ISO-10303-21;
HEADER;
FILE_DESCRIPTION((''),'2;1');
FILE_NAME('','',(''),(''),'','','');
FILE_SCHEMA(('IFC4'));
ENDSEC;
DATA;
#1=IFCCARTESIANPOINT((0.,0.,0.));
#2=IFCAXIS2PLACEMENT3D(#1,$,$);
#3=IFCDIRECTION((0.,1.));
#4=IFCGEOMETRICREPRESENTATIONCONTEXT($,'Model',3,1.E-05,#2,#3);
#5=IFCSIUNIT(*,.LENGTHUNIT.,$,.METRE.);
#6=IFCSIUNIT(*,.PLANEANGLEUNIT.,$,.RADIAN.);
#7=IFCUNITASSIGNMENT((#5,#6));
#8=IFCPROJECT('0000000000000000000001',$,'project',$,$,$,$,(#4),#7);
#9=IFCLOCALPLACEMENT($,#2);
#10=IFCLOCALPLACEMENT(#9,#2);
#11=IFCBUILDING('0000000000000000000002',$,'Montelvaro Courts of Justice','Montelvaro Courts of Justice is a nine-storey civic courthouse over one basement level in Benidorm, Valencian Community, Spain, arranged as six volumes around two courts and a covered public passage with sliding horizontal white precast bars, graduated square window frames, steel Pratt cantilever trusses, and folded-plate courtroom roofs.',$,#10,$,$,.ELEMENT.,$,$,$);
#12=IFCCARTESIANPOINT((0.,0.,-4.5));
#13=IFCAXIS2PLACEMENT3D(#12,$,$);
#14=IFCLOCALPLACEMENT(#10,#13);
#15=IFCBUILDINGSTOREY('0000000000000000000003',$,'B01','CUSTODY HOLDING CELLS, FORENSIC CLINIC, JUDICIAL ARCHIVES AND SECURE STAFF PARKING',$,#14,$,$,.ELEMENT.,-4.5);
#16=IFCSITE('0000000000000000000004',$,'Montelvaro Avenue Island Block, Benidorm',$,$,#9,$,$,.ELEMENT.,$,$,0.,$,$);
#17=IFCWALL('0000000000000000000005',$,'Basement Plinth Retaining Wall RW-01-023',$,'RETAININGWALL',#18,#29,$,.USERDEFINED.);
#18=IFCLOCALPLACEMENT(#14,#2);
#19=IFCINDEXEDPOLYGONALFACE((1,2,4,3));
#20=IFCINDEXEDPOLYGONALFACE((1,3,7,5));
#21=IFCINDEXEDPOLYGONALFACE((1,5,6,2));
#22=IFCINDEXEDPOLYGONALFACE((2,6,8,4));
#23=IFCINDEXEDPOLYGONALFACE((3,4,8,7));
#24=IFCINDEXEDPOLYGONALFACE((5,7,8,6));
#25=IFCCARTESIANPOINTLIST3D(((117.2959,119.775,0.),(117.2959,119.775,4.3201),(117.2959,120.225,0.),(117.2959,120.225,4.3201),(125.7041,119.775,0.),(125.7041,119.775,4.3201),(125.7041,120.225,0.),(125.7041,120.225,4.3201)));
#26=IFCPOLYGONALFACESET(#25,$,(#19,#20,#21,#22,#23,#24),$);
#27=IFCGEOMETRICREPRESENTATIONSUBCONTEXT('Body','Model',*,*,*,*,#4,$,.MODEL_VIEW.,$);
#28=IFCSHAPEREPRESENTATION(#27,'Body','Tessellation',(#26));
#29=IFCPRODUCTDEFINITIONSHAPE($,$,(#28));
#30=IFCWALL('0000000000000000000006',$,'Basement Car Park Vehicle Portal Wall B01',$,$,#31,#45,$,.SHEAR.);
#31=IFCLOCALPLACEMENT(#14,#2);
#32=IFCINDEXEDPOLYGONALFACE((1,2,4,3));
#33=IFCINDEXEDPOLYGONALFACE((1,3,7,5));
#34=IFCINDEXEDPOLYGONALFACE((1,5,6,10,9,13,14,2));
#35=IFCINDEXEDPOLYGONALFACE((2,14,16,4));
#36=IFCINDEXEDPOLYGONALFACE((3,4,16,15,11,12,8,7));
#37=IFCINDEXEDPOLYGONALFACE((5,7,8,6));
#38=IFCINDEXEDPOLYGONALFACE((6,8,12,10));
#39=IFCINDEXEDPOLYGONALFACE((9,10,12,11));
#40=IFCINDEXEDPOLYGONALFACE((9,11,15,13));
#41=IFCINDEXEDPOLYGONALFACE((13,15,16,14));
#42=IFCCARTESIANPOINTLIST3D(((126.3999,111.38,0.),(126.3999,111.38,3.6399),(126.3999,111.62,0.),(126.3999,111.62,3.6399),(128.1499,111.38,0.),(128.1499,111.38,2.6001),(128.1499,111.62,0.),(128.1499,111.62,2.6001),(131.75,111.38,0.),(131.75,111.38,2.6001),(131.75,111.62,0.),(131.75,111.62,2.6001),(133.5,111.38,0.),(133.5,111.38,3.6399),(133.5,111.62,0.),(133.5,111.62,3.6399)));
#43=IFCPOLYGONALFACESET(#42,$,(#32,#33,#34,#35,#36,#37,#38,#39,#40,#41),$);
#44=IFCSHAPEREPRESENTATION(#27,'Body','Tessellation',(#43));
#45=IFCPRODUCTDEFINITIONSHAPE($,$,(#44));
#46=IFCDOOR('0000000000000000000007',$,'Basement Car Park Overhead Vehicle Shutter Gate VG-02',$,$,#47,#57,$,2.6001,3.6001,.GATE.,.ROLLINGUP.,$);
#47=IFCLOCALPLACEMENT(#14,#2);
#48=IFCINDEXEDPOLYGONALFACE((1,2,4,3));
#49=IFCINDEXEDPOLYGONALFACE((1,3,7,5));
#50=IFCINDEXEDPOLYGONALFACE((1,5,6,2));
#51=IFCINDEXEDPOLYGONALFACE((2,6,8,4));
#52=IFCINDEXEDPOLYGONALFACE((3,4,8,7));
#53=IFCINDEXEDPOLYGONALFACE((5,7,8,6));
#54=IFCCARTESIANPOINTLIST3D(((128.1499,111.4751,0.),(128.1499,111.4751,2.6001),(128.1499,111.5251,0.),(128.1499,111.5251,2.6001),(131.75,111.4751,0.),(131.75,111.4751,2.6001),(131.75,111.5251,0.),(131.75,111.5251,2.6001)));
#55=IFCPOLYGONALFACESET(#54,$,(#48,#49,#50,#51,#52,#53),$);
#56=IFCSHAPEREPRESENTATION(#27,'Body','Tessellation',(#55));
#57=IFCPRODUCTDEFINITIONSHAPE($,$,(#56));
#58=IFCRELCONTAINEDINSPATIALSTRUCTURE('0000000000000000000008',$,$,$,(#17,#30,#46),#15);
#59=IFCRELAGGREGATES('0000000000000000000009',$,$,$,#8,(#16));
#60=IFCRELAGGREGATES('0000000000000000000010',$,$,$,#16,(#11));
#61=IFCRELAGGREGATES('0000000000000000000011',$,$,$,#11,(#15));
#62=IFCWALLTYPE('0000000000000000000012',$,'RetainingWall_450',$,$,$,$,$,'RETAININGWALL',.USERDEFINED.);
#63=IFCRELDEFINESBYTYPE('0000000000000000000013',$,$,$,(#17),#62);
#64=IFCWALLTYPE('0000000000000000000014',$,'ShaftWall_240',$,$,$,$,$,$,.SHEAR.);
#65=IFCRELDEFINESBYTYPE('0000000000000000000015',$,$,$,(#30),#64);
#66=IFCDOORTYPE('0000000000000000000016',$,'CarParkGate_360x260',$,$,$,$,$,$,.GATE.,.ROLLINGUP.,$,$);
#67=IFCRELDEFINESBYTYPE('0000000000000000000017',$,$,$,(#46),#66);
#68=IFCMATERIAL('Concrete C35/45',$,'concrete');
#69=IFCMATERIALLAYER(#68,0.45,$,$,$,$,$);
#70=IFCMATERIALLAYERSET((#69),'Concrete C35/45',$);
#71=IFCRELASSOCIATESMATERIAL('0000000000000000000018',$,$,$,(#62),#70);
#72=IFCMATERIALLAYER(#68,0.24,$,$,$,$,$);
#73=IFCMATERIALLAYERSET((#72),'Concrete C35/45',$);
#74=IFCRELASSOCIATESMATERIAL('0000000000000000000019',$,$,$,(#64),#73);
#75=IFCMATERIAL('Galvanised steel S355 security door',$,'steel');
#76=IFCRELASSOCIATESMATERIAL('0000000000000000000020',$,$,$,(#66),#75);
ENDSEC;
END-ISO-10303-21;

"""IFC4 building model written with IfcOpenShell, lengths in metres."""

from ifc_helpers import new_model, si_unit, direction, frame, frame_2d, origin, place, context, subcontext, project, spatial, rectangle, extrude, material, layer, layer_set, type_object, element, fill, save


model = new_model("IFC4")

# Units and contexts
model_context = context("Model", 3, precision=1e-05, world=origin(), true_north=direction((0.0, 1.0)))
body_context = subcontext(model_context, "Body", "Model", "MODEL_VIEW")
ifc_project = project(units=[si_unit("LENGTHUNIT", "METRE"), si_unit("PLANEANGLEUNIT", "RADIAN")], contexts=[model_context])

# Site, building, storey
site_placement = place(None, origin())
site = spatial("IfcSite", under=ifc_project, at=site_placement, Name="Montelvaro Avenue Island Block, Benidorm", CompositionType="ELEMENT", RefElevation=0.0)
building_placement = place(site_placement, origin())
building = spatial("IfcBuilding", under=site, at=building_placement, Name="Montelvaro Courts of Justice", Description="Montelvaro Courts of Justice is a nine-storey civic courthouse over one basement level in Benidorm, Valencian Community, Spain, arranged as six volumes around two courts and a covered public passage with sliding horizontal white precast bars, graduated square window frames, steel Pratt cantilever trusses, and folded-plate courtroom roofs.", CompositionType="ELEMENT")
storey_placement = place(building_placement, frame((0.0, 0.0, -4.5)))
storey = spatial("IfcBuildingStorey", under=building, at=storey_placement, Name="B01", Description="CUSTODY HOLDING CELLS, FORENSIC CLINIC, JUDICIAL ARCHIVES AND SECURE STAFF PARKING", CompositionType="ELEMENT", Elevation=-4.5)

# Shared definitions
ifc_material_1 = material(Name="Concrete C35/45", Category="concrete")

# Wall
ifc_layer_1 = layer(ifc_material_1, 0.45)
ifc_layer_set_1 = layer_set([ifc_layer_1], Name="Concrete C35/45")
wall_type_1 = type_object("IfcWallType", Name="RetainingWall_450", ElementType="RETAININGWALL", PredefinedType="USERDEFINED", material=ifc_layer_set_1)
for number, where, z_axis, x_axis, name in (
    (1, (125.7041, 120.0, 0.0), (0.0, 0.0, 1.0), (-1.0, 0.0, 0.0), "Basement Plinth Retaining Wall RW-01-023"),
):
    element("IfcWall", number, at=place(storey_placement, frame(where, z_axis=z_axis, x_axis=x_axis)), inside=storey, type_object=wall_type_1, Name=name, ObjectType="RETAININGWALL", PredefinedType="USERDEFINED", context=body_context, shape_type="SweptSolid", body=[
        extrude(rectangle(XDim=8.4082, YDim=0.45, at=frame_2d((4.2041, 0.0))), origin(), (0.0, 0.0, 1.0), 4.3201),
    ])

# Wall, opening, door
ifc_layer_2 = layer(ifc_material_1, 0.24)
ifc_layer_set_2 = layer_set([ifc_layer_2], Name="Concrete C35/45")
wall_type_2 = type_object("IfcWallType", Name="ShaftWall_240", PredefinedType="SHEAR", material=ifc_layer_set_2)
wall_1_placement = place(storey_placement, frame((126.3999, 111.5, 0.0), z_axis=(0.0, 0.0, 1.0), x_axis=(1.0, 0.0, 0.0)))
wall_1 = element("IfcWall", 2, at=wall_1_placement, inside=storey, type_object=wall_type_2, Name="Basement Car Park Vehicle Portal Wall B01", PredefinedType="SHEAR", context=body_context, shape_type="SweptSolid", body=[
    extrude(rectangle(XDim=7.1001, YDim=0.24, at=frame_2d((3.55, 0.0))), origin(), (0.0, 0.0, 1.0), 3.6399),
])
opening_placement = place(wall_1_placement, frame((1.75, 0.0, 0.0)))
opening = element("IfcOpeningElement", 3, at=opening_placement, cuts=wall_1, PredefinedType="OPENING", context=body_context, shape_type="SweptSolid", body=[
    extrude(rectangle(XDim=3.6001, YDim=2.6001, at=frame_2d((1.8, 1.3))), frame((0.0, 0.1348, 0.0), z_axis=(0.0, -1.0, 0.0), x_axis=(1.0, 0.0, 0.0)), (0.0, 0.0, 1.0), 0.2698),
])
ifc_material_2 = material(Name="Galvanised steel S355 security door", Category="steel")
door_type = type_object("IfcDoorType", Name="CarParkGate_360x260", OperationType="ROLLINGUP", PredefinedType="GATE", material=ifc_material_2)
door_placement = place(opening_placement, frame((3.6001, 0.0, 0.0), z_axis=(0.0, 0.0, 1.0), x_axis=(-1.0, 0.0, 0.0)))
door = element("IfcDoor", 4, at=door_placement, inside=storey, type_object=door_type, Name="Basement Car Park Overhead Vehicle Shutter Gate VG-02", OperationType="ROLLINGUP", OverallHeight=2.6001, OverallWidth=3.6001, PredefinedType="GATE", context=body_context, shape_type="SweptSolid", body=[
    extrude(rectangle(XDim=3.6001, YDim=2.6001, at=frame_2d((1.8, 1.3))), frame((0.0, 0.0249, 0.0), z_axis=(0.0, -1.0, 0.0), x_axis=(1.0, 0.0, 0.0)), (0.0, 0.0, 1.0), 0.05),
])
fill(opening, door)

save(model, "model.ifc")
